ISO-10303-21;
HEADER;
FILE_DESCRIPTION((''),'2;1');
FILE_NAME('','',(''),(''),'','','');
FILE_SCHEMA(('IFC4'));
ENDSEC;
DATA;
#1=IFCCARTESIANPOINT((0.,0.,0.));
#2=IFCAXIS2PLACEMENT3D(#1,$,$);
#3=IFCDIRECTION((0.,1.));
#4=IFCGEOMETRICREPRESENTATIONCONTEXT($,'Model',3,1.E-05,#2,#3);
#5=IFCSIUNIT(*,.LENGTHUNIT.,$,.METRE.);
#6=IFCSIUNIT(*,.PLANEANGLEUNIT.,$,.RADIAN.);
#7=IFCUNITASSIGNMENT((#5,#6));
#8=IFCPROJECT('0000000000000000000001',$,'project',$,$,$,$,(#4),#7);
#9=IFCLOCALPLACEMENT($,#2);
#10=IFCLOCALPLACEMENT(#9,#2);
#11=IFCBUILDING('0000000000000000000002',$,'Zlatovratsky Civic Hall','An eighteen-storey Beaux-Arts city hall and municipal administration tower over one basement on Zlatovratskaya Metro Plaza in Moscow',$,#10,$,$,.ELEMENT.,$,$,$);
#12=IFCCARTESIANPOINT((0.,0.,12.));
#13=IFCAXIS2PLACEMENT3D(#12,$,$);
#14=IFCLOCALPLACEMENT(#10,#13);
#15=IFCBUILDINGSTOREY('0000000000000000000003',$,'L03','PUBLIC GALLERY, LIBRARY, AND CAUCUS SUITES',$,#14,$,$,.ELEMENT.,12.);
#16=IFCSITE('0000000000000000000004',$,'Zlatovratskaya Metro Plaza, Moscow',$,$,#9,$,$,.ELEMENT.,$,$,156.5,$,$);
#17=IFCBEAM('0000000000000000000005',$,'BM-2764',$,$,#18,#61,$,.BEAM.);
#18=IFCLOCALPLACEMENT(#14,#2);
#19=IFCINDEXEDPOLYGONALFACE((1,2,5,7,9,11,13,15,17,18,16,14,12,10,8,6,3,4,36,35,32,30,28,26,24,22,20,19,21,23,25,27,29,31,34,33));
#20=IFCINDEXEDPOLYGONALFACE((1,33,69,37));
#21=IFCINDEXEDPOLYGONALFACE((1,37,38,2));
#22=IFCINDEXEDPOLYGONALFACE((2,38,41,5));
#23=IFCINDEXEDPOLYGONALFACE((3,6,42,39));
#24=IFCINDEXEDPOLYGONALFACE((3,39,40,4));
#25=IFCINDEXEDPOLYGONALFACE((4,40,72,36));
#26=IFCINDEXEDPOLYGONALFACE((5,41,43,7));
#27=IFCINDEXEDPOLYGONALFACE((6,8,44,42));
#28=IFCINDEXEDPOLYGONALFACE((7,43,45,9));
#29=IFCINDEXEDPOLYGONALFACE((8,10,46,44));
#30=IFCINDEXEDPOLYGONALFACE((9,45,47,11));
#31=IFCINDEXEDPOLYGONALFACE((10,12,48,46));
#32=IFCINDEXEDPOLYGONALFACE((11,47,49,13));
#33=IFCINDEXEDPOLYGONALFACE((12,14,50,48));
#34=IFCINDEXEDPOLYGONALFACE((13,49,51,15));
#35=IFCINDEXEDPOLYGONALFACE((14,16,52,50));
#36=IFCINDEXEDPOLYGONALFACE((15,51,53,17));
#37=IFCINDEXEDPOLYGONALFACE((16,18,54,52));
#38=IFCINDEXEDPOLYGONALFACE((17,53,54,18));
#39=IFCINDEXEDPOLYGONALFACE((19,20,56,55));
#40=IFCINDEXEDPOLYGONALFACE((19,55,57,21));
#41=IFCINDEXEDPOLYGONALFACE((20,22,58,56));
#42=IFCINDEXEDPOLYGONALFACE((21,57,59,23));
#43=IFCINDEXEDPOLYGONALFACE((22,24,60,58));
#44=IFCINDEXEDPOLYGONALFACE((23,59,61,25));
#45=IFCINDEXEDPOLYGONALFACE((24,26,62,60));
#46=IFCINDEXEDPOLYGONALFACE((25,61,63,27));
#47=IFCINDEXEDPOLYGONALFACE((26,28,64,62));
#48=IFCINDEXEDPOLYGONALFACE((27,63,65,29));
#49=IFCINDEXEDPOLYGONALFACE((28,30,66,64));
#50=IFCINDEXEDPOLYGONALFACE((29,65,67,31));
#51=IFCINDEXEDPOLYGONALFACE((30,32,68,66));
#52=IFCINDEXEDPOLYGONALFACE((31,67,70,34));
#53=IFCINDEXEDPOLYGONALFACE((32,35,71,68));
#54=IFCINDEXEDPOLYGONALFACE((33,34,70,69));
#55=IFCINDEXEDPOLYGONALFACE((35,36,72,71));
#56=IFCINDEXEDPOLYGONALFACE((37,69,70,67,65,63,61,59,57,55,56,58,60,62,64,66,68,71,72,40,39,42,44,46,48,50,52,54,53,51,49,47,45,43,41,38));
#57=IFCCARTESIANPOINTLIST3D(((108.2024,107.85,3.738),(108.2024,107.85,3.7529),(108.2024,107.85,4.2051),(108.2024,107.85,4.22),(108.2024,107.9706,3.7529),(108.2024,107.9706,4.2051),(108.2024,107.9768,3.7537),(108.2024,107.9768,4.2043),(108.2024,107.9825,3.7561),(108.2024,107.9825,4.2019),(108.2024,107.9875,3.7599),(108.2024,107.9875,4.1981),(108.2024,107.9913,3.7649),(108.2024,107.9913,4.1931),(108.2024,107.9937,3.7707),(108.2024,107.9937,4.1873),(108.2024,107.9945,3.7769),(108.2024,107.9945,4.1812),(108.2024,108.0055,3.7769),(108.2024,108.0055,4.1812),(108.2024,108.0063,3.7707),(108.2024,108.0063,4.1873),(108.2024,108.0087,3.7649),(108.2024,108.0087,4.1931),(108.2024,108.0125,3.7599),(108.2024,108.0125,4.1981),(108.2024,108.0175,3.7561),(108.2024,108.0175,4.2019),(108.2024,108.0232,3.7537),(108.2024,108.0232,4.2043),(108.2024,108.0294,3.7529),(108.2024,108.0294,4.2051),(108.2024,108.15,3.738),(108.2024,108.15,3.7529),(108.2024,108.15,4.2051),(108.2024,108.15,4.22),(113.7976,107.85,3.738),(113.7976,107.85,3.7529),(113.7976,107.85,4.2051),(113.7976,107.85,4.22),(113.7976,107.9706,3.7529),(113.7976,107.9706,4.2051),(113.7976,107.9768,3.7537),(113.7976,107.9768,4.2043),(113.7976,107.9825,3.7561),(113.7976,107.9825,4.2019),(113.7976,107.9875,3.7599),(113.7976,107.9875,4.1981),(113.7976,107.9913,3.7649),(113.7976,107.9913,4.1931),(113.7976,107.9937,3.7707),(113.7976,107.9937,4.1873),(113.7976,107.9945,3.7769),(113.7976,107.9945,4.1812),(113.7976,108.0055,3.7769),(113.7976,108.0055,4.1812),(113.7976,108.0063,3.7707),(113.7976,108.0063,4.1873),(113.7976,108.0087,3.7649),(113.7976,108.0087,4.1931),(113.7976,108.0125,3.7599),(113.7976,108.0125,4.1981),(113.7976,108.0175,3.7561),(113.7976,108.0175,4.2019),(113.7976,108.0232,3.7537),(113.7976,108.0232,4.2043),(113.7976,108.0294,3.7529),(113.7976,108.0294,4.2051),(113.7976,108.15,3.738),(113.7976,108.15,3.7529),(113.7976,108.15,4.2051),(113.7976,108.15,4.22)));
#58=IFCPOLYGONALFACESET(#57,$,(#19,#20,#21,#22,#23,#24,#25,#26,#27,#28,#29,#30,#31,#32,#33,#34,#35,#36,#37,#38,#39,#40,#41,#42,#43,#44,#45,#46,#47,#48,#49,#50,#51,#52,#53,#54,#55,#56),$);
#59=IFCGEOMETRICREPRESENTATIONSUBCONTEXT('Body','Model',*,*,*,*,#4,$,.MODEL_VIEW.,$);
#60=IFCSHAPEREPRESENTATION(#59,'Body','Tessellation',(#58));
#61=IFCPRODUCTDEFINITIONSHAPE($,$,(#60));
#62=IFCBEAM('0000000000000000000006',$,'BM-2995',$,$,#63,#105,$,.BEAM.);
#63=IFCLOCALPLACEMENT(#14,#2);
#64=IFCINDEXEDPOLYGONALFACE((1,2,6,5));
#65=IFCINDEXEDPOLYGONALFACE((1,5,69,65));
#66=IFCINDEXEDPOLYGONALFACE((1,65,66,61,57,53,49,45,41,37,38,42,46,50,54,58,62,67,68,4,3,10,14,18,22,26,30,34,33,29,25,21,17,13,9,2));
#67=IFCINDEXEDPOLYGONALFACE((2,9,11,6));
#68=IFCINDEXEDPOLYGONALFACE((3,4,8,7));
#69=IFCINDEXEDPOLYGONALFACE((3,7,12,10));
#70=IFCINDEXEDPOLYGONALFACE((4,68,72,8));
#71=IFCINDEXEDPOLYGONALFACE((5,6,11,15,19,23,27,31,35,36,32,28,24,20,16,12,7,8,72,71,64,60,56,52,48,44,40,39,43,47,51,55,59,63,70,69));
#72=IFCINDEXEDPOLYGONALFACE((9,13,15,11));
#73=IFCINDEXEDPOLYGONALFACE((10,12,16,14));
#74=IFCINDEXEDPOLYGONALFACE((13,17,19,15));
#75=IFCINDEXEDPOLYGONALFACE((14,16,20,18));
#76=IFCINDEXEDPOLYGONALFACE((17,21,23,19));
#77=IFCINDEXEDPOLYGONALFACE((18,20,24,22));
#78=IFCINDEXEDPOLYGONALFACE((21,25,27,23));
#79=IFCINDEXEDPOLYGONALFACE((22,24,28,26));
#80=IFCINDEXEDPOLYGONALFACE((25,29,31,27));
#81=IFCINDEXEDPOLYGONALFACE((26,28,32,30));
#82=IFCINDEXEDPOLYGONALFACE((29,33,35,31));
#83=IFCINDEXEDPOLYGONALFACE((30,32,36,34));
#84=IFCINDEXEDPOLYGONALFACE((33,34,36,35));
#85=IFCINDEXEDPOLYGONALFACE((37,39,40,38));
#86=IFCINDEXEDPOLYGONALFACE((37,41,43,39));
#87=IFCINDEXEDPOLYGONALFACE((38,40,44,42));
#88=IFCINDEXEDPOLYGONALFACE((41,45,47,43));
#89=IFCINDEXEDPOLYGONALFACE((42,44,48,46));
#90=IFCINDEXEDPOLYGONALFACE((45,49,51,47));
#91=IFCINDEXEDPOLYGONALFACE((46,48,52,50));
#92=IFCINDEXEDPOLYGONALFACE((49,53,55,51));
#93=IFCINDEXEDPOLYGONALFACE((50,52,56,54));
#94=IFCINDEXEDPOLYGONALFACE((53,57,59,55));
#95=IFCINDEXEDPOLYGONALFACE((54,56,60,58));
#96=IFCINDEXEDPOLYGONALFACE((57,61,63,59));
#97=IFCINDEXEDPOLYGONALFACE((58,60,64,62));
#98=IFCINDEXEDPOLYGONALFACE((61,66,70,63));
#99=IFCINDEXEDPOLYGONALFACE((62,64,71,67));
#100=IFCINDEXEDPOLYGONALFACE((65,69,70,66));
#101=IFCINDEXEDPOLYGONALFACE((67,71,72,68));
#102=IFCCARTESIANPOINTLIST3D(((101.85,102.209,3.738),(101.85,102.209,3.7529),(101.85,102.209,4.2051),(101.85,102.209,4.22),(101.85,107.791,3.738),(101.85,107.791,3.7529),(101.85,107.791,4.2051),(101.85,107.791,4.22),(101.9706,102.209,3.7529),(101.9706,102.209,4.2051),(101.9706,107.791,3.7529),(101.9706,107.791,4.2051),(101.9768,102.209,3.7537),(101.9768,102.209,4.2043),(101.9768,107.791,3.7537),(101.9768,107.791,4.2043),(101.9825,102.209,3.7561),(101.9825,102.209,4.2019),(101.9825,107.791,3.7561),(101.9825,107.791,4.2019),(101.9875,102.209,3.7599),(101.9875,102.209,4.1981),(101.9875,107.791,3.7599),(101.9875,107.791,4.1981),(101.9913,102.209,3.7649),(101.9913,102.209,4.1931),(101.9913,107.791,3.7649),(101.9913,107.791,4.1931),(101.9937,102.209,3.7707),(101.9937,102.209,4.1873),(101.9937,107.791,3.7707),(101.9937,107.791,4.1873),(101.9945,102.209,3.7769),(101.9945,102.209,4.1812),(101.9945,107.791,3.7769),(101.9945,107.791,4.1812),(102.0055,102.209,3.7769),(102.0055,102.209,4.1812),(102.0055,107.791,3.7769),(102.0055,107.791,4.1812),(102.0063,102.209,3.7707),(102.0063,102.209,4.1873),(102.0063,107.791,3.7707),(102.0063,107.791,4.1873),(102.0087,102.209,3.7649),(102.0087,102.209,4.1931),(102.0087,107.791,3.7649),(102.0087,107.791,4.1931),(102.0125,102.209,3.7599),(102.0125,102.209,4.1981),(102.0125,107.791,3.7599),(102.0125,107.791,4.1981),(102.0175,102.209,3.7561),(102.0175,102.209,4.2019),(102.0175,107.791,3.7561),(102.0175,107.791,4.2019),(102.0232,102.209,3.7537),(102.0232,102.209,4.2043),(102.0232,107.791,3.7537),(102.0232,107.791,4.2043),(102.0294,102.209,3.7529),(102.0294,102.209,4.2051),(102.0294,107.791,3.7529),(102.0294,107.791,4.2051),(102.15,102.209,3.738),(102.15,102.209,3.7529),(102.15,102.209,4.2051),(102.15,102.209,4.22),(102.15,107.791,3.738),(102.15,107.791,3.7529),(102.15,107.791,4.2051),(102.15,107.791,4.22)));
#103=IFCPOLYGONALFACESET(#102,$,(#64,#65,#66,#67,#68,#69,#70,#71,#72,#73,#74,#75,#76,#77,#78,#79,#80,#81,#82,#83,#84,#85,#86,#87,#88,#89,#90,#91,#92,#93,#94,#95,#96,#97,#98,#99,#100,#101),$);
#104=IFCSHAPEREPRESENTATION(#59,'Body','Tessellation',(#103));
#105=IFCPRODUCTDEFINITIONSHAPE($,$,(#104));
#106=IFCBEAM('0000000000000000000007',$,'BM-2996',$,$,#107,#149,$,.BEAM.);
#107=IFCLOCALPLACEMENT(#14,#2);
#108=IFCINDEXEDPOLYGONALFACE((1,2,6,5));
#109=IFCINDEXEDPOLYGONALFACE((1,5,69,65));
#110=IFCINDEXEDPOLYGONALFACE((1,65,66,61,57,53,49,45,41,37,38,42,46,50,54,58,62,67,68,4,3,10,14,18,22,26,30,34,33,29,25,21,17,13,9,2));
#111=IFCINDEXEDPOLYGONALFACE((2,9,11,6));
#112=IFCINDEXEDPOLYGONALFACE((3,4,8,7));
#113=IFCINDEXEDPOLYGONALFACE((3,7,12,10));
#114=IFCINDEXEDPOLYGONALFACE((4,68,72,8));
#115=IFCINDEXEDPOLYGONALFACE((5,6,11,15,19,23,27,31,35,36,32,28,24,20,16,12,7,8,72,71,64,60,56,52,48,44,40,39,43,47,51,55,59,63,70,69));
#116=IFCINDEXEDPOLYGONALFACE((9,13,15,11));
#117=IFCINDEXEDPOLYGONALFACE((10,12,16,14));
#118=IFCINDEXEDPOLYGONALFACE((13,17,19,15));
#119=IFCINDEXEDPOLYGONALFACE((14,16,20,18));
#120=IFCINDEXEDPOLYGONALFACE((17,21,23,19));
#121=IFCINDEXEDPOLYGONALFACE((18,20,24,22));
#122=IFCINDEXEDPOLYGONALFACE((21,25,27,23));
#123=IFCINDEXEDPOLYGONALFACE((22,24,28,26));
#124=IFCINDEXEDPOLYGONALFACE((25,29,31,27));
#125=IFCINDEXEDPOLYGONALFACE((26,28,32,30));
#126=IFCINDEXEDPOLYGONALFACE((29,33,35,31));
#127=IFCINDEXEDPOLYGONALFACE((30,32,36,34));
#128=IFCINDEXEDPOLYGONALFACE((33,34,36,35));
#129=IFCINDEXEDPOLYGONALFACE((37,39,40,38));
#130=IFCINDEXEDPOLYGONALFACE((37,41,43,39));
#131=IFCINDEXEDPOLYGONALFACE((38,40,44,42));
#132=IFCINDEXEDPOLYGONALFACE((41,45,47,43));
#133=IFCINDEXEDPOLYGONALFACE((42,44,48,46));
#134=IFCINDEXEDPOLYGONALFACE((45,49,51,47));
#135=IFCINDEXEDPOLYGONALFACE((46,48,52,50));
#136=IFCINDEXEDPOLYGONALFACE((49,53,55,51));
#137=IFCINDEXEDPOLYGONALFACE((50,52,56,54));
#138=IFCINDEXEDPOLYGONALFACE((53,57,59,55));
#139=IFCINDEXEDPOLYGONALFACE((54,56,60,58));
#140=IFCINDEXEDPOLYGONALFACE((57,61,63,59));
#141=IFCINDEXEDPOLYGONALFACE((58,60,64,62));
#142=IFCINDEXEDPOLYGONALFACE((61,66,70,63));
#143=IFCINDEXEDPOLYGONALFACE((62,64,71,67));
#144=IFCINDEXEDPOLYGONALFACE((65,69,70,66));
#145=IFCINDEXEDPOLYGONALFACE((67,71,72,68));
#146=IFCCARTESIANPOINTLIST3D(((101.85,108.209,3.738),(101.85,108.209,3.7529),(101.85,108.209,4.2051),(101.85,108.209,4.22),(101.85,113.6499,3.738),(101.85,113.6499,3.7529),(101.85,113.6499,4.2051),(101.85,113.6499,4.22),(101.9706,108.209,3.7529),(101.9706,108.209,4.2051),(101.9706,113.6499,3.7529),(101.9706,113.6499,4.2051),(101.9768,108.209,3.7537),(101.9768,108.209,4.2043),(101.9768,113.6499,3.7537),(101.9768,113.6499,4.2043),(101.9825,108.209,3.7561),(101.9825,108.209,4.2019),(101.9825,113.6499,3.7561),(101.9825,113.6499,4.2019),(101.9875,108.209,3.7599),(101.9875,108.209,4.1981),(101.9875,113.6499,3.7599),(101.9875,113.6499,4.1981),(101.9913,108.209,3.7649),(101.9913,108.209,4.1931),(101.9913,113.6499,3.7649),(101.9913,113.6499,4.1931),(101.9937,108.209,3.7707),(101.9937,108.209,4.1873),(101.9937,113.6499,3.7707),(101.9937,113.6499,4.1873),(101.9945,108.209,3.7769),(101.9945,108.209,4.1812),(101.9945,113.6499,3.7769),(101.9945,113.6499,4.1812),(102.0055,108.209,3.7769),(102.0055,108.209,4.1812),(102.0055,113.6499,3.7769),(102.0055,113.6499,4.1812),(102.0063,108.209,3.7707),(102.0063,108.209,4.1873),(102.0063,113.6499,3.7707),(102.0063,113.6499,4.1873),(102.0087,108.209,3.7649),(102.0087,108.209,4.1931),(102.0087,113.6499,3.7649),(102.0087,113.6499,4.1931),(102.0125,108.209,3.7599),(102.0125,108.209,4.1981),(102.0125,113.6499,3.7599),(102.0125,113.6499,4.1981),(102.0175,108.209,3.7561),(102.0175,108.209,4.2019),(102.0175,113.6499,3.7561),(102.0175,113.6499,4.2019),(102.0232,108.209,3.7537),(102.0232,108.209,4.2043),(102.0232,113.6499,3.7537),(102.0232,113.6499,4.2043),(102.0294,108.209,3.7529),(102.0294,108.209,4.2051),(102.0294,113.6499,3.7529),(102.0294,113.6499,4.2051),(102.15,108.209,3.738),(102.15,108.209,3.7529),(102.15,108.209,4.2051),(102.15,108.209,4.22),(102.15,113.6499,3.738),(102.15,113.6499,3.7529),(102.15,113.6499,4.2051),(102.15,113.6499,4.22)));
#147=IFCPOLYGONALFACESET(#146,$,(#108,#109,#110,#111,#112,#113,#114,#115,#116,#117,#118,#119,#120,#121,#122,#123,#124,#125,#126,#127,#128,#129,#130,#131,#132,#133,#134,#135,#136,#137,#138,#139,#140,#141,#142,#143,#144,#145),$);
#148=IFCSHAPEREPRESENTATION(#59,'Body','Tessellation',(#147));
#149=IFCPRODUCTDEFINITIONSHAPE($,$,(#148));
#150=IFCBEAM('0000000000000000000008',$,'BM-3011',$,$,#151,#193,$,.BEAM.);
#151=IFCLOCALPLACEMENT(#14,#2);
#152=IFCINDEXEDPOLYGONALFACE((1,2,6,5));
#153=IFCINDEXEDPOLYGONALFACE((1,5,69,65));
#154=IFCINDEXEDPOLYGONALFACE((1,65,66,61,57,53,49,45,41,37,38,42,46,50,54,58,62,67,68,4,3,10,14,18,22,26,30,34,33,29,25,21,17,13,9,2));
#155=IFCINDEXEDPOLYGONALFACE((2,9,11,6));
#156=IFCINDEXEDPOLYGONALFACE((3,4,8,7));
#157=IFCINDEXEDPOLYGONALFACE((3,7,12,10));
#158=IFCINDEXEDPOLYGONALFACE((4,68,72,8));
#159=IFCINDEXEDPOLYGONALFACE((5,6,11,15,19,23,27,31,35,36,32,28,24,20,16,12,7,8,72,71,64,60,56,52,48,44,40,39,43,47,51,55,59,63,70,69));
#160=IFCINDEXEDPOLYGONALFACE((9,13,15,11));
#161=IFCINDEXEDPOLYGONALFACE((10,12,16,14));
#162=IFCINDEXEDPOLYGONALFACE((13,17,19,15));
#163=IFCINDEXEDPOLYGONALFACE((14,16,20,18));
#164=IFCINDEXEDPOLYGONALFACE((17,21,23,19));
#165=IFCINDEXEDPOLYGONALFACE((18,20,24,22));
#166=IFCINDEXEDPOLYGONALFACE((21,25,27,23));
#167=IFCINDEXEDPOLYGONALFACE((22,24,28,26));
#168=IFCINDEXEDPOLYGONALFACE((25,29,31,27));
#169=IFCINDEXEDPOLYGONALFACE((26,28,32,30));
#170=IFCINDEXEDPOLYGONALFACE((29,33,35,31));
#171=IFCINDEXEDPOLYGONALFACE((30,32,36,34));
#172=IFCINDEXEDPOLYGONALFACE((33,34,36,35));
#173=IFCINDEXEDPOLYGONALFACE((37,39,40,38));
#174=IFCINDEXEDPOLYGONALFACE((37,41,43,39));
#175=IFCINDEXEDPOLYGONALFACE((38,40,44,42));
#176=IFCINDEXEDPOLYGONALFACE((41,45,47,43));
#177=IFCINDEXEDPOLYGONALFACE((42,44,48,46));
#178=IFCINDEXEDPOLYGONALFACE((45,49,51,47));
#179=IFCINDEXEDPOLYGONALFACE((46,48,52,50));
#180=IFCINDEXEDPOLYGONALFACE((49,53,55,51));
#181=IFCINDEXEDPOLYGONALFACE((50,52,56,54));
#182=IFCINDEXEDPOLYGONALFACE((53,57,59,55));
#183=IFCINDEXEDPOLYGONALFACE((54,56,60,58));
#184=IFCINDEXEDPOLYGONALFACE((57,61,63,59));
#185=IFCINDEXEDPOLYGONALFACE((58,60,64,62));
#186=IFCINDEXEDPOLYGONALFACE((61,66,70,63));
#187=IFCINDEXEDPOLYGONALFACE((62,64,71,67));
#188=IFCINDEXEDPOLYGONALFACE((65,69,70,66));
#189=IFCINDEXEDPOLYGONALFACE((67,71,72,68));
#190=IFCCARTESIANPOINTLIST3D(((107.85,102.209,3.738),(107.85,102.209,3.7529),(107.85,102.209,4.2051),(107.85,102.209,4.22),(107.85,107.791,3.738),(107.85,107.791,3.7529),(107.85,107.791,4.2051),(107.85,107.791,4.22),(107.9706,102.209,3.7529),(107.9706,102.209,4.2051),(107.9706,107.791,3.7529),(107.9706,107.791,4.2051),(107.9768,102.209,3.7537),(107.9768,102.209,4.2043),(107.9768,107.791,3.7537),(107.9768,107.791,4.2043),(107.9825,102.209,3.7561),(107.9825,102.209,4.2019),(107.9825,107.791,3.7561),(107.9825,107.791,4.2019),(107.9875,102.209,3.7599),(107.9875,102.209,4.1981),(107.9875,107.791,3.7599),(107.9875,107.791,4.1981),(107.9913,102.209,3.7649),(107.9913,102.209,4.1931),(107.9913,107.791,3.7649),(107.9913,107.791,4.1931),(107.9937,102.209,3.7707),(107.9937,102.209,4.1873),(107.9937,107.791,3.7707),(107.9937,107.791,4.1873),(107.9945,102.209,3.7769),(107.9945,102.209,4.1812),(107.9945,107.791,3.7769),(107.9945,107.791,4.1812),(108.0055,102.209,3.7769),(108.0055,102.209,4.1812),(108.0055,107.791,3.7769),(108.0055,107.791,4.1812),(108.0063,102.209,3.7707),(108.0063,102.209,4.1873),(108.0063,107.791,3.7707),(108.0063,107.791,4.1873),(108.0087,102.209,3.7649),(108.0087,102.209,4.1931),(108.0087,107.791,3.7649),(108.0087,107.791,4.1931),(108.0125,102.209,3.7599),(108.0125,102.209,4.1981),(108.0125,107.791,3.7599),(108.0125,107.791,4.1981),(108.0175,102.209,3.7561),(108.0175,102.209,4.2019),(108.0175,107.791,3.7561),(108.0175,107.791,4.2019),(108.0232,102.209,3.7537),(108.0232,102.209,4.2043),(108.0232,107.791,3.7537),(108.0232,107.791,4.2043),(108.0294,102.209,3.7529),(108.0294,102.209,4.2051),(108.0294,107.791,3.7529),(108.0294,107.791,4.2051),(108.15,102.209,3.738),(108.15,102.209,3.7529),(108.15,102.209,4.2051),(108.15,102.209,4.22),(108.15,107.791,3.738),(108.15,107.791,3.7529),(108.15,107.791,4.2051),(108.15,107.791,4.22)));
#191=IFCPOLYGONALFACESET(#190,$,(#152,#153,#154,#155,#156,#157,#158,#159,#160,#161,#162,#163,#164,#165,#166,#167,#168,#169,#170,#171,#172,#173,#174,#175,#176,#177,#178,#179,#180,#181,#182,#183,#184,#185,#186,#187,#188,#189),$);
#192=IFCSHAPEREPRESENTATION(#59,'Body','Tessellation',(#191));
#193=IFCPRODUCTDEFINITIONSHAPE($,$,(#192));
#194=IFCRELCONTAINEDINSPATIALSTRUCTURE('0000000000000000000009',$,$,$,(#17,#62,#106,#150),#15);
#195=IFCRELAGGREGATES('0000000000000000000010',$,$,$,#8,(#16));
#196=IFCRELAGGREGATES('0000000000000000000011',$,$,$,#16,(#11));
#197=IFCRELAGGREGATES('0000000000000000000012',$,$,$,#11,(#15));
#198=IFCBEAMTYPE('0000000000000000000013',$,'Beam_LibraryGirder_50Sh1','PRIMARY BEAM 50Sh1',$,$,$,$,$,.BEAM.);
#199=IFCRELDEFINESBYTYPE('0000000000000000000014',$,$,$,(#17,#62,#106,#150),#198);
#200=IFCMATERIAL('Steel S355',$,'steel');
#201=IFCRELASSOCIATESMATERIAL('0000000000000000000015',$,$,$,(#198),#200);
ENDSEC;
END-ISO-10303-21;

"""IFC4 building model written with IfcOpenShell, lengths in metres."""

from ifc_helpers import new_model, si_unit, direction, frame, origin, origin_2d, place, context, subcontext, project, spatial, i_section, extrude, material, material_profile, profile_set, type_object, element, save


model = new_model("IFC4")

# Units and contexts
model_context = context("Model", 3, precision=1e-05, world=origin(), true_north=direction((0.0, 1.0)))
body_context = subcontext(model_context, "Body", "Model", "MODEL_VIEW")
ifc_project = project(units=[si_unit("LENGTHUNIT", "METRE"), si_unit("PLANEANGLEUNIT", "RADIAN")], contexts=[model_context])

# Site, building, storey
site_placement = place(None, origin())
site = spatial("IfcSite", under=ifc_project, at=site_placement, Name="Zlatovratskaya Metro Plaza, Moscow", CompositionType="ELEMENT", RefElevation=156.5)
building_placement = place(site_placement, origin())
building = spatial("IfcBuilding", under=site, at=building_placement, Name="Zlatovratsky Civic Hall", Description="An eighteen-storey Beaux-Arts city hall and municipal administration tower over one basement on Zlatovratskaya Metro Plaza in Moscow", CompositionType="ELEMENT")
storey_placement = place(building_placement, frame((0.0, 0.0, 12.0)))
storey = spatial("IfcBuildingStorey", under=building, at=storey_placement, Name="L03", Description="PUBLIC GALLERY, LIBRARY, AND CAUCUS SUITES", CompositionType="ELEMENT", Elevation=12.0)

# Shared definitions
ifc_material_1 = material(Name="Steel S355", Category="steel")

# Beams
ifc_material_profile_1 = material_profile(ifc_material_1, i_section(OverallWidth=0.3, OverallDepth=0.4819, WebThickness=0.011, FlangeThickness=0.0149, FilletRadius=0.0239, at=origin_2d()), Name="50Sh1")
ifc_profile_set_1 = profile_set([ifc_material_profile_1], Name="Steel S355")
beam_type_1 = type_object("IfcBeamType", Name="Beam_LibraryGirder_50Sh1", Description="PRIMARY BEAM 50Sh1", PredefinedType="BEAM", material=ifc_profile_set_1)
for number, where, z_axis, x_axis, name in (
    (1, (108.2024, 108.0, 3.979), (1.0, 0.0, 0.0), (0.0, 1.0, 0.0), "BM-2764"),
):
    element("IfcBeam", number, at=place(storey_placement, frame(where, z_axis=z_axis, x_axis=x_axis)), inside=storey, type_object=beam_type_1, Name=name, PredefinedType="BEAM", context=body_context, shape_type="SweptSolid", body=[
        extrude(i_section(OverallWidth=0.3, OverallDepth=0.4819, WebThickness=0.011, FlangeThickness=0.0149, FilletRadius=0.0239, at=origin_2d()), origin(), (0.0, 0.0, 1.0), 5.5952),
    ])
beam_1_placement = place(storey_placement, frame((102.0, 102.209, 3.979), z_axis=(0.0, 1.0, 0.0), x_axis=(-1.0, 0.0, 0.0)))
element("IfcBeam", 2, at=beam_1_placement, inside=storey, type_object=beam_type_1, Name="BM-2995", PredefinedType="BEAM", context=body_context, shape_type="SweptSolid", body=[
    extrude(i_section(OverallWidth=0.3, OverallDepth=0.4819, WebThickness=0.011, FlangeThickness=0.0149, FilletRadius=0.0239, at=origin_2d()), origin(), (0.0, 0.0, 1.0), 5.582),
])
beam_2_placement = place(storey_placement, frame((102.0, 108.209, 3.979), z_axis=(0.0, 1.0, 0.0), x_axis=(-1.0, 0.0, 0.0)))
element("IfcBeam", 3, at=beam_2_placement, inside=storey, type_object=beam_type_1, Name="BM-2996", PredefinedType="BEAM", context=body_context, shape_type="SweptSolid", body=[
    extrude(i_section(OverallWidth=0.3, OverallDepth=0.4819, WebThickness=0.011, FlangeThickness=0.0149, FilletRadius=0.0239, at=origin_2d()), origin(), (0.0, 0.0, 1.0), 5.4409),
])
beam_3_placement = place(storey_placement, frame((108.0, 102.209, 3.979), z_axis=(0.0, 1.0, 0.0), x_axis=(-1.0, 0.0, 0.0)))
element("IfcBeam", 4, at=beam_3_placement, inside=storey, type_object=beam_type_1, Name="BM-3011", PredefinedType="BEAM", context=body_context, shape_type="SweptSolid", body=[
    extrude(i_section(OverallWidth=0.3, OverallDepth=0.4819, WebThickness=0.011, FlangeThickness=0.0149, FilletRadius=0.0239, at=origin_2d()), origin(), (0.0, 0.0, 1.0), 5.582),
])

save(model, "model.ifc")
